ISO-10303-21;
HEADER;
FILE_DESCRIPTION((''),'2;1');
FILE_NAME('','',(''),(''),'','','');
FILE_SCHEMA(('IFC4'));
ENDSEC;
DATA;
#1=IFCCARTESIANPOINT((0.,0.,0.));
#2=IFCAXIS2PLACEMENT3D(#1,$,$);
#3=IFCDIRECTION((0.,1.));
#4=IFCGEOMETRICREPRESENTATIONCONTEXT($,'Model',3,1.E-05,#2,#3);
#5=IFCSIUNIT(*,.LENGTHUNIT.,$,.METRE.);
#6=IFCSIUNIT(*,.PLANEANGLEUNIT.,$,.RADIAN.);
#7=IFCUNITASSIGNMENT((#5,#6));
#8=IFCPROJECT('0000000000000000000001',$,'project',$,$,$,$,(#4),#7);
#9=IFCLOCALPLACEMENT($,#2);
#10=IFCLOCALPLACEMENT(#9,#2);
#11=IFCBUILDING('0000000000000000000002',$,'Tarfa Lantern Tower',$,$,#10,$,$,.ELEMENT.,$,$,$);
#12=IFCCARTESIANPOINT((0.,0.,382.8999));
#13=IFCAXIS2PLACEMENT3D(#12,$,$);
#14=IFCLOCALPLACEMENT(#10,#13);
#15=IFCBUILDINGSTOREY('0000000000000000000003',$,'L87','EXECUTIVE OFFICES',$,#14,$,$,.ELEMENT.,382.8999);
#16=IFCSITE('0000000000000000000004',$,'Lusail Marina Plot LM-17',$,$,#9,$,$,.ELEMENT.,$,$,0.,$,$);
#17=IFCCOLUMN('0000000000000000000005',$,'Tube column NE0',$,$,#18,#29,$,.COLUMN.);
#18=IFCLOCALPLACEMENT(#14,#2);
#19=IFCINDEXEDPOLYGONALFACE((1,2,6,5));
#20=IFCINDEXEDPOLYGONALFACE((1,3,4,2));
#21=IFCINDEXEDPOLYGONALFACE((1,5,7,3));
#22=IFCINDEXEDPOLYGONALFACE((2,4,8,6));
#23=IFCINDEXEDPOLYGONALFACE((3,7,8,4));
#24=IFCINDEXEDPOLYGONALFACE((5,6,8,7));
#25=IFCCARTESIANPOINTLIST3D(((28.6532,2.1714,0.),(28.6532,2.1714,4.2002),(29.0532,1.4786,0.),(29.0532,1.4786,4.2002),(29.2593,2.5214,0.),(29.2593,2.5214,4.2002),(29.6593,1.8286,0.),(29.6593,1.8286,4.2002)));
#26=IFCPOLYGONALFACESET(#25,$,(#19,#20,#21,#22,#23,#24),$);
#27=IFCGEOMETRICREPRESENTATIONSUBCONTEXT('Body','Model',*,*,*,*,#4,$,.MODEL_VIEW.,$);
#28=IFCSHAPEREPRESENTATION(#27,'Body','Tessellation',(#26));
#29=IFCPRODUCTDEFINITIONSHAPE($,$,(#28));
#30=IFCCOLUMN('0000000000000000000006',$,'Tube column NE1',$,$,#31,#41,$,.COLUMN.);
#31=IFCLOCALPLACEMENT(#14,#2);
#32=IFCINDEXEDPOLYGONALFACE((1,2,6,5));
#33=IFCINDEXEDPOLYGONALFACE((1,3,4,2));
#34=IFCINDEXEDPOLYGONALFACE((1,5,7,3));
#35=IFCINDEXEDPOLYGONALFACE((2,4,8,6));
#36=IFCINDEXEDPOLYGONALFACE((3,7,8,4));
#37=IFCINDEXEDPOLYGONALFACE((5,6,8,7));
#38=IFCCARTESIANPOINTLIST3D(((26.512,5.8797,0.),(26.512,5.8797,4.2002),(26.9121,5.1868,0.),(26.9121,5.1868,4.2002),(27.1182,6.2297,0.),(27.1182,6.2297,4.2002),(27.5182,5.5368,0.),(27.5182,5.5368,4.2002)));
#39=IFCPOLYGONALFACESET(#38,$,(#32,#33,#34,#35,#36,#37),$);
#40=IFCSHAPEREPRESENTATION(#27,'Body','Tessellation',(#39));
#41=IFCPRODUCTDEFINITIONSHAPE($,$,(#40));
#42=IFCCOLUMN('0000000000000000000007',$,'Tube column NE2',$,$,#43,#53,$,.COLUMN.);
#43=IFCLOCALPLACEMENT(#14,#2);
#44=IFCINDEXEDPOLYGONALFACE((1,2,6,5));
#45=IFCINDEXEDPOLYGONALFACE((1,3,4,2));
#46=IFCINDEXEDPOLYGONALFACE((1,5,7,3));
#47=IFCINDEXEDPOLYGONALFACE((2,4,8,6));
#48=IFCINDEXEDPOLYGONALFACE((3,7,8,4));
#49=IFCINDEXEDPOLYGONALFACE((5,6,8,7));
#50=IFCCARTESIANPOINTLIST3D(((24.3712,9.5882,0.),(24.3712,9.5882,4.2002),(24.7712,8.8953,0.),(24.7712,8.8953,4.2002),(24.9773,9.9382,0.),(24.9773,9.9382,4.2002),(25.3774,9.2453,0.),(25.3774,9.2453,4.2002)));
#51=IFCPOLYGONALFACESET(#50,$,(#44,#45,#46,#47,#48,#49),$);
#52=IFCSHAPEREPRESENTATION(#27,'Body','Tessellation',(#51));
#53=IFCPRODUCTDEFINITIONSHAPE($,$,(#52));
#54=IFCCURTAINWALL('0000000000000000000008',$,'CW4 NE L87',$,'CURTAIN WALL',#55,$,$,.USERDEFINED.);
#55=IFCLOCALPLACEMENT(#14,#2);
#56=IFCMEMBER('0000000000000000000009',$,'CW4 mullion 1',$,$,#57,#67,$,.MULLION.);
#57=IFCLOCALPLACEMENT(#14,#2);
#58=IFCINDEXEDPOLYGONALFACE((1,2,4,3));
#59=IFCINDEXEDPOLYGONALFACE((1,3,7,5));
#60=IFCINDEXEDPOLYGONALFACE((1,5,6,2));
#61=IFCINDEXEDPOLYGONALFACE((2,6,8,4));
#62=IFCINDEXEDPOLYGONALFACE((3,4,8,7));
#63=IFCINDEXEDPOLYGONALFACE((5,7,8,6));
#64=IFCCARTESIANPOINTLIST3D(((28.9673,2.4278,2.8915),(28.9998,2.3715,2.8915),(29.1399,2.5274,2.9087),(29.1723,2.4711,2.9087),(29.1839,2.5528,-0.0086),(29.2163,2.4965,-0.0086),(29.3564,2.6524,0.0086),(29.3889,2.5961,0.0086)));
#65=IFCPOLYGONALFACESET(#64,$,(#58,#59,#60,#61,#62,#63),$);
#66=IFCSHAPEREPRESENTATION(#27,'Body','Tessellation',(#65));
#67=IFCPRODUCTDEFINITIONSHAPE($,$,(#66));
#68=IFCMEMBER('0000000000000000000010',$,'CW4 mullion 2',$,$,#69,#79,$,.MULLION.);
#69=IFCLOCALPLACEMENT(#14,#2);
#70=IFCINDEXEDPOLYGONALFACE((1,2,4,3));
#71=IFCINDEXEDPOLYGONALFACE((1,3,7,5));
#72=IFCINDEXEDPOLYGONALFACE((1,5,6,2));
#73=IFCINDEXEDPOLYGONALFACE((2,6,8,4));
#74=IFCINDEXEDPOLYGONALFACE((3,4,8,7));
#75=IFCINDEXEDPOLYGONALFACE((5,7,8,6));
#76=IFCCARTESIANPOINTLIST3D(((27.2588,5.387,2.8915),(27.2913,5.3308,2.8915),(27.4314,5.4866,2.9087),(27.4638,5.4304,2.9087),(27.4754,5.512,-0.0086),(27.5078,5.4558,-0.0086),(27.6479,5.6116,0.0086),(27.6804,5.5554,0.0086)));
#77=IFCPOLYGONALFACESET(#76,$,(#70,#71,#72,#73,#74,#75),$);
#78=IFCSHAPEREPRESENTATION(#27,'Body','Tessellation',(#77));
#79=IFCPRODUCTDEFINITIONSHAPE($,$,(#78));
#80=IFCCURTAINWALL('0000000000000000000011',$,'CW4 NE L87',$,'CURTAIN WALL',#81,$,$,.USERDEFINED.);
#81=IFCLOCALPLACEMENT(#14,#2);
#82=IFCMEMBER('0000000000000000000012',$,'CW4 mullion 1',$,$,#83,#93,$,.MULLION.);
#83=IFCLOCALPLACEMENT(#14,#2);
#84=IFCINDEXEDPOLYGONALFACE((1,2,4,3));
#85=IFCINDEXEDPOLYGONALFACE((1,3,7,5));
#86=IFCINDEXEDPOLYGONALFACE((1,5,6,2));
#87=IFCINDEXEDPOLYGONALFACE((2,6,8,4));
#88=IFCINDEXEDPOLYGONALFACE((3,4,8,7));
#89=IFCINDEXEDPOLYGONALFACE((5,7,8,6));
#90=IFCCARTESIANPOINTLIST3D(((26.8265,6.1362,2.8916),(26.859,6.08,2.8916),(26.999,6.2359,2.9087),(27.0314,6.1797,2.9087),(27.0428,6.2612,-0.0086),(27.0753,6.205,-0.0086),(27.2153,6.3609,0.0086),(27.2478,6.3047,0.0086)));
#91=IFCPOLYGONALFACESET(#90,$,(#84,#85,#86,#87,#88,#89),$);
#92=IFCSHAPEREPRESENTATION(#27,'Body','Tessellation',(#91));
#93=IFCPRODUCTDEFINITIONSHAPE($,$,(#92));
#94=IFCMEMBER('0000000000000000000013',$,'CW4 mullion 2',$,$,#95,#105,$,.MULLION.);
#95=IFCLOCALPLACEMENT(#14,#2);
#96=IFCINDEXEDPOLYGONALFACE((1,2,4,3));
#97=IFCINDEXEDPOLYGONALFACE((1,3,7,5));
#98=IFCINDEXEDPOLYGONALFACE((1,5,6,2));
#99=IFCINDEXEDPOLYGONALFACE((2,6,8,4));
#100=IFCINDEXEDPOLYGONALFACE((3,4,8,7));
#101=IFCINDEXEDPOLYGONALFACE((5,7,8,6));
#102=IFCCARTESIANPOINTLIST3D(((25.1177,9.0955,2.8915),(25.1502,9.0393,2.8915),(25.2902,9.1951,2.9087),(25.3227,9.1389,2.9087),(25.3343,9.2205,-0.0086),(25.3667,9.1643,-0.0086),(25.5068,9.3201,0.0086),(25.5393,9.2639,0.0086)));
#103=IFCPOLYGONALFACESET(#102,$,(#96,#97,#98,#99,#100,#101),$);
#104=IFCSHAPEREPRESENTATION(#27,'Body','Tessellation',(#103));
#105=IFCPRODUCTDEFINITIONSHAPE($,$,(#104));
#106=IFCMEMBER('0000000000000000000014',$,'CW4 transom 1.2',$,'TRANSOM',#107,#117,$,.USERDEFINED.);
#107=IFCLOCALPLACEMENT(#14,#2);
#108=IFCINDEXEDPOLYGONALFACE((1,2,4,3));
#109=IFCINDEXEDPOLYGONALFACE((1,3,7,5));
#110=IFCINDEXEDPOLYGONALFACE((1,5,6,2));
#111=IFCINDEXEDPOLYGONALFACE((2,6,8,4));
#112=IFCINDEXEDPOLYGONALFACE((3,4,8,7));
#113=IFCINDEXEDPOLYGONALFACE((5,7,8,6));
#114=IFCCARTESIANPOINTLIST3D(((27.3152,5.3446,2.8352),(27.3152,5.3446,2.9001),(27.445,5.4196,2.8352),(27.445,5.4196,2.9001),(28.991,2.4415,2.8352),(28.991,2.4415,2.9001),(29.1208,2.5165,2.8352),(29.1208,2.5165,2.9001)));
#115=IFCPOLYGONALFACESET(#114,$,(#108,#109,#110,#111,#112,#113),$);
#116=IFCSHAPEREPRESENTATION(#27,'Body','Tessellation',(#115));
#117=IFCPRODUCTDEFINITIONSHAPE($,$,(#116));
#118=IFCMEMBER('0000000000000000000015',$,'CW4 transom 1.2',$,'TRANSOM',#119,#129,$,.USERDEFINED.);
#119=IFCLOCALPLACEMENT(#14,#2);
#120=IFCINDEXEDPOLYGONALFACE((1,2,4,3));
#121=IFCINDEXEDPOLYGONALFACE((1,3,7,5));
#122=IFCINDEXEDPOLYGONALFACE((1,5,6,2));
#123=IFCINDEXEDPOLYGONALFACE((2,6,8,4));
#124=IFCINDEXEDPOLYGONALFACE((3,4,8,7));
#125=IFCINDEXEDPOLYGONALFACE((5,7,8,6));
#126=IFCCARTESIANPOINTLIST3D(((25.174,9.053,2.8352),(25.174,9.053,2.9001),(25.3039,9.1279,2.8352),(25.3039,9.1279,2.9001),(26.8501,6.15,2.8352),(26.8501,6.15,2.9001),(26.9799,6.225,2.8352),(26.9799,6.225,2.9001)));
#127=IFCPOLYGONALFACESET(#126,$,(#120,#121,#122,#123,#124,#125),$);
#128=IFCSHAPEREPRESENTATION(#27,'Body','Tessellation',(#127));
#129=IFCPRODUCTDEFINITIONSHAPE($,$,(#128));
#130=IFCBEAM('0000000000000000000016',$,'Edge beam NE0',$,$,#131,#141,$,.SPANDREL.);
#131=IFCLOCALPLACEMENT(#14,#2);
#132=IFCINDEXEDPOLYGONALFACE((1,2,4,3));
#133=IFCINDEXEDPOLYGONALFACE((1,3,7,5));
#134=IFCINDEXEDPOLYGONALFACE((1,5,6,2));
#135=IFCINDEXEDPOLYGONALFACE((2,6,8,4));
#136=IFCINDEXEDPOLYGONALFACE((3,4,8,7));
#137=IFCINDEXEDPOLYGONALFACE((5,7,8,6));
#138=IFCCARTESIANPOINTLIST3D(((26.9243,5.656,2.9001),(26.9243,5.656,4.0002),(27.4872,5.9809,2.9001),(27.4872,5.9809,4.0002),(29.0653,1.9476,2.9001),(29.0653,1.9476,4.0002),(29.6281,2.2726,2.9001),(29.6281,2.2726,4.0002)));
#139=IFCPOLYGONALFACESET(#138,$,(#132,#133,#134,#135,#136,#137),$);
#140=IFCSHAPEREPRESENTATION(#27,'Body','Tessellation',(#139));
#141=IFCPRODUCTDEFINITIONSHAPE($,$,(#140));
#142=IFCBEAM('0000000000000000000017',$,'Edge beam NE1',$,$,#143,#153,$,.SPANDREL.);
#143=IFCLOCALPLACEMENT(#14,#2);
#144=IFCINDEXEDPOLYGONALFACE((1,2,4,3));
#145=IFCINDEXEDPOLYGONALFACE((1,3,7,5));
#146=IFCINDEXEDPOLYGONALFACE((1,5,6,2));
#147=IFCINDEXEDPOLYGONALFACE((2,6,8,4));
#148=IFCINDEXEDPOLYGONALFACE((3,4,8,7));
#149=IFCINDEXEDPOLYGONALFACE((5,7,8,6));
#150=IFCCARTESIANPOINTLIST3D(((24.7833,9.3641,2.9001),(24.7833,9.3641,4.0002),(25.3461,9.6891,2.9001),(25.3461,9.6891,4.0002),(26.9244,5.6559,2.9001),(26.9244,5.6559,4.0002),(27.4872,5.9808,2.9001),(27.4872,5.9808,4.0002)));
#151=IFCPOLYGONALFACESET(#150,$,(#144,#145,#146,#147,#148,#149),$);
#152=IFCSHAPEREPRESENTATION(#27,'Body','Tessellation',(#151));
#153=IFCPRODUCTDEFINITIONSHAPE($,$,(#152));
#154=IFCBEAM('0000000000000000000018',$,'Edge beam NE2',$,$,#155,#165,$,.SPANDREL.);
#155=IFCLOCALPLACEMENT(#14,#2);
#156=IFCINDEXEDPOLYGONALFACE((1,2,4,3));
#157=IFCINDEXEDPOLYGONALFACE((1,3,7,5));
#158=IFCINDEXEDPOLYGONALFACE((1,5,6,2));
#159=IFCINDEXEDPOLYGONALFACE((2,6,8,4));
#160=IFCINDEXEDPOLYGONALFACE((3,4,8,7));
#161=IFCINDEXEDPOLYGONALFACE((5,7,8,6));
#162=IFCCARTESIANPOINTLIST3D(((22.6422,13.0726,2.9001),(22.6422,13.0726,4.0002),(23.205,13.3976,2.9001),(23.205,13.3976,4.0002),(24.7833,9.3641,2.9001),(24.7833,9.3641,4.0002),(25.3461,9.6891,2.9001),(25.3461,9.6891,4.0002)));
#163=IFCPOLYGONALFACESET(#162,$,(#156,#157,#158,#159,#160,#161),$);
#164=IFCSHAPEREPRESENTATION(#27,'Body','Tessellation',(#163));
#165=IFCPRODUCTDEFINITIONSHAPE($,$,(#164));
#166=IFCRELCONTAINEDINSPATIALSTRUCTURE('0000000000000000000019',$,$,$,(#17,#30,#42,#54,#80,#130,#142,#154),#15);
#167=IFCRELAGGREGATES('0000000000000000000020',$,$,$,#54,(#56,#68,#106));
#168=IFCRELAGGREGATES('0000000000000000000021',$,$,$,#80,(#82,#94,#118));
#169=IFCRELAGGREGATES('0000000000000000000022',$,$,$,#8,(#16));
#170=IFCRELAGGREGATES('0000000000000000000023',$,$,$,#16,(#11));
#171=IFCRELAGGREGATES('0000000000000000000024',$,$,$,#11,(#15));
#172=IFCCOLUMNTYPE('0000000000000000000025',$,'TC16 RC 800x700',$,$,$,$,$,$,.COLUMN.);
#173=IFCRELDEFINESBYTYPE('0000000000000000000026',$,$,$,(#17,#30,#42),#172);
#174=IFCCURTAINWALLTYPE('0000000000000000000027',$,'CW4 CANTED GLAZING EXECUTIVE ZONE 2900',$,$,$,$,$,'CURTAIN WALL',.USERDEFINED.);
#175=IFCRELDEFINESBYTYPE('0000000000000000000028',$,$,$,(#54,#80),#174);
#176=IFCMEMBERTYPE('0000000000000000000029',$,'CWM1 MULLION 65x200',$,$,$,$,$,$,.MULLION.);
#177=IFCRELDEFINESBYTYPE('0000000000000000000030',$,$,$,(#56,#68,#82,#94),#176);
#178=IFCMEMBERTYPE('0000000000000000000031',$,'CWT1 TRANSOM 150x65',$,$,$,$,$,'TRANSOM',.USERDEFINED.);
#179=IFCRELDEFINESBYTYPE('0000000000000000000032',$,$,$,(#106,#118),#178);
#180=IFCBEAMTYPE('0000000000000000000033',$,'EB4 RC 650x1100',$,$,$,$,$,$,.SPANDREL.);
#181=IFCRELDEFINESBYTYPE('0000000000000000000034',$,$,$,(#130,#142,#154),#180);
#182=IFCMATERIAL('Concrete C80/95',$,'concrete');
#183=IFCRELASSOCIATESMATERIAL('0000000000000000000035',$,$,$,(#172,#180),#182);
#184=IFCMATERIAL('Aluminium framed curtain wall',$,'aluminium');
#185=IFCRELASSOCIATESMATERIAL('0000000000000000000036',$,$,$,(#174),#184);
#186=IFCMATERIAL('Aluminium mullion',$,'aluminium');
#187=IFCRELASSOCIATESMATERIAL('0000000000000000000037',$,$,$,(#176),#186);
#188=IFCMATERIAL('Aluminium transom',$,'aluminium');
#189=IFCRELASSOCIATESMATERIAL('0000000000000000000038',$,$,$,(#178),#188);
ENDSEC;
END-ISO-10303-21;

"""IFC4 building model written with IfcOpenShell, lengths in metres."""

from ifc_helpers import new_model, si_unit, direction, frame, origin, origin_2d, place, context, subcontext, project, spatial, rectangle, extrude, material, material_profile, profile_set, type_object, element, aggregate, save


model = new_model("IFC4")

# Units and contexts
model_context = context("Model", 3, precision=1e-05, world=origin(), true_north=direction((0.0, 1.0)))
body_context = subcontext(model_context, "Body", "Model", "MODEL_VIEW")
ifc_project = project(units=[si_unit("LENGTHUNIT", "METRE"), si_unit("PLANEANGLEUNIT", "RADIAN")], contexts=[model_context])

# Site, building, storey
site_placement = place(None, origin())
site = spatial("IfcSite", under=ifc_project, at=site_placement, Name="Lusail Marina Plot LM-17", CompositionType="ELEMENT", RefElevation=0.0)
building_placement = place(site_placement, origin())
building = spatial("IfcBuilding", under=site, at=building_placement, Name="Tarfa Lantern Tower", CompositionType="ELEMENT")
storey_placement = place(building_placement, frame((0.0, 0.0, 382.8999)))
storey = spatial("IfcBuildingStorey", under=building, at=storey_placement, Name="L87", Description="EXECUTIVE OFFICES", CompositionType="ELEMENT", Elevation=382.8999)

# Columns
ifc_material_1 = material(Name="Concrete C80/95", Category="concrete")
ifc_material_profile_1 = material_profile(ifc_material_1, rectangle(XDim=0.8, YDim=0.7, at=origin_2d()), Name="RC 800x700")
ifc_profile_set_1 = profile_set([ifc_material_profile_1], Name="Concrete C80/95")
column_type = type_object("IfcColumnType", Name="TC16 RC 800x700", PredefinedType="COLUMN", material=ifc_profile_set_1)
for number, where, z_axis, x_axis, name in (
    (1, (29.1562, 2.0, 0.0), (0.0, 0.0, 1.0), (-0.5, 0.866025, 0.0), "Tube column NE0"),
    (2, (27.0151, 5.7083, 0.0), (0.0, 0.0, 1.0), (-0.5, 0.866025, 0.0), "Tube column NE1"),
    (3, (24.8743, 9.4167, 0.0), (0.0, 0.0, 1.0), (-0.5, 0.866025, 0.0), "Tube column NE2"),
):
    element("IfcColumn", number, at=place(storey_placement, frame(where, z_axis=z_axis, x_axis=x_axis)), inside=storey, type_object=column_type, Name=name, PredefinedType="COLUMN", context=body_context, shape_type="SweptSolid", body=[
        extrude(rectangle(XDim=0.8, YDim=0.7, at=origin_2d()), origin(), (0.0, 0.0, 1.0), 4.2002),
    ])

# Curtain walls, members
ifc_material_2 = material(Name="Aluminium framed curtain wall", Category="aluminium")
curtain_wall_type = type_object("IfcCurtainWallType", Name="CW4 CANTED GLAZING EXECUTIVE ZONE 2900", ElementType="CURTAIN WALL", PredefinedType="USERDEFINED", material=ifc_material_2)
curtain_wall_1_placement = place(storey_placement, origin())
curtain_wall_1 = element("IfcCurtainWall", 4, at=curtain_wall_1_placement, inside=storey, type_object=curtain_wall_type, Name="CW4 NE L87", ObjectType="CURTAIN WALL", PredefinedType="USERDEFINED")
ifc_material_3 = material(Name="Aluminium mullion", Category="aluminium")
ifc_material_profile_2 = material_profile(ifc_material_3, rectangle(XDim=0.0649, YDim=0.2, at=origin_2d()), Name="AL MULLION 65x200")
ifc_profile_set_2 = profile_set([ifc_material_profile_2], Name="Aluminium mullion")
member_type_1 = type_object("IfcMemberType", Name="CWM1 MULLION 65x200", PredefinedType="MULLION", material=ifc_profile_set_2)
member_1_placement = place(storey_placement, frame((29.2864, 2.5745, 0.0), z_axis=(-0.074394, -0.042942, 0.996304), x_axis=(0.49992, -0.866072, 0.0)))
member_1 = element("IfcMember", 5, at=member_1_placement, type_object=member_type_1, Name="CW4 mullion 1", PredefinedType="MULLION", context=body_context, shape_type="SweptSolid", body=[
    extrude(rectangle(XDim=0.0649, YDim=0.2, at=origin_2d()), origin(), (0.0, 0.0, 1.0), 2.9109),
])
member_2_placement = place(storey_placement, frame((27.5779, 5.5337, 0.0), z_axis=(-0.074394, -0.042942, 0.996304), x_axis=(0.49992, -0.866072, 0.0)))
member_2 = element("IfcMember", 6, at=member_2_placement, type_object=member_type_1, Name="CW4 mullion 2", PredefinedType="MULLION", context=body_context, shape_type="SweptSolid", body=[
    extrude(rectangle(XDim=0.0649, YDim=0.2, at=origin_2d()), origin(), (0.0, 0.0, 1.0), 2.9109),
])
curtain_wall_2_placement = place(storey_placement, origin())
curtain_wall_2 = element("IfcCurtainWall", 7, at=curtain_wall_2_placement, inside=storey, type_object=curtain_wall_type, Name="CW4 NE L87", ObjectType="CURTAIN WALL", PredefinedType="USERDEFINED")
member_3_placement = place(storey_placement, frame((27.1453, 6.283, 0.0), z_axis=(-0.07431, -0.042942, 0.99631), x_axis=(0.500343, -0.865827, 0.0)))
member_3 = element("IfcMember", 8, at=member_3_placement, type_object=member_type_1, Name="CW4 mullion 1", PredefinedType="MULLION", context=body_context, shape_type="SweptSolid", body=[
    extrude(rectangle(XDim=0.0649, YDim=0.2, at=origin_2d()), origin(), (0.0, 0.0, 1.0), 2.9109),
])
member_4_placement = place(storey_placement, frame((25.4368, 9.2422, 0.0), z_axis=(-0.074394, -0.042942, 0.996304), x_axis=(0.49992, -0.866072, 0.0)))
member_4 = element("IfcMember", 9, at=member_4_placement, type_object=member_type_1, Name="CW4 mullion 2", PredefinedType="MULLION", context=body_context, shape_type="SweptSolid", body=[
    extrude(rectangle(XDim=0.0649, YDim=0.2, at=origin_2d()), origin(), (0.0, 0.0, 1.0), 2.9109),
])

# Members
ifc_material_4 = material(Name="Aluminium transom", Category="aluminium")
ifc_material_profile_3 = material_profile(ifc_material_4, rectangle(XDim=0.1499, YDim=0.0649, at=origin_2d()), Name="AL TRANSOM 150x65")
ifc_profile_set_3 = profile_set([ifc_material_profile_3], Name="Aluminium transom")
member_type_2 = type_object("IfcMemberType", Name="CWT1 TRANSOM 150x65", ElementType="TRANSOM", PredefinedType="USERDEFINED", material=ifc_profile_set_3)
member_5_placement = place(storey_placement, frame((29.0559, 2.479, 2.8677), z_axis=(-0.499931, 0.866066, 0.0), x_axis=(-0.866066, -0.499931, 0.0)))
member_5 = element("IfcMember", 10, at=member_5_placement, type_object=member_type_2, Name="CW4 transom 1.2", ObjectType="TRANSOM", PredefinedType="USERDEFINED", context=body_context, shape_type="SweptSolid", body=[
    extrude(rectangle(XDim=0.1499, YDim=0.0649, at=origin_2d()), origin(), (0.0, 0.0, 1.0), 3.3521),
])
member_6_placement = place(storey_placement, frame((26.915, 6.1875, 2.8677), z_axis=(-0.500017, 0.866016, 0.0), x_axis=(-0.866016, -0.500017, 0.0)))
member_6 = element("IfcMember", 11, at=member_6_placement, type_object=member_type_2, Name="CW4 transom 1.2", ObjectType="TRANSOM", PredefinedType="USERDEFINED", context=body_context, shape_type="SweptSolid", body=[
    extrude(rectangle(XDim=0.1499, YDim=0.0649, at=origin_2d()), origin(), (0.0, 0.0, 1.0), 3.3521),
])

# Beams
ifc_material_profile_4 = material_profile(ifc_material_1, rectangle(XDim=0.6499, YDim=1.1001, at=origin_2d()), Name="RC 650x1100")
ifc_profile_set_4 = profile_set([ifc_material_profile_4], Name="Concrete C80/95")
beam_type_1 = type_object("IfcBeamType", Name="EB4 RC 650x1100", PredefinedType="SPANDREL", material=ifc_profile_set_4)
for number, where, z_axis, x_axis, name in (
    (12, (29.3467, 2.1101, 3.4502), (-0.499984, 0.866035, 0.0), (-0.866035, -0.499984, 0.0), "Edge beam NE0"),
    (13, (27.2058, 5.8184, 3.4502), (-0.500027, 0.86601, 0.0), (-0.86601, -0.500027, 0.0), "Edge beam NE1"),
):
    element("IfcBeam", number, at=place(storey_placement, frame(where, z_axis=z_axis, x_axis=x_axis)), inside=storey, type_object=beam_type_1, Name=name, PredefinedType="SPANDREL", context=body_context, shape_type="SweptSolid", body=[
        extrude(rectangle(XDim=0.6499, YDim=1.1001, at=origin_2d()), origin(), (0.0, 0.0, 1.0), 4.282),
    ])
beam_1_placement = place(storey_placement, frame((25.0647, 9.5266, 3.4502), z_axis=(-0.500002, 0.866024, 0.0), x_axis=(-0.866024, -0.500002, 0.0)))
element("IfcBeam", 14, at=beam_1_placement, inside=storey, type_object=beam_type_1, Name="Edge beam NE2", PredefinedType="SPANDREL", context=body_context, shape_type="SweptSolid", body=[
    extrude(rectangle(XDim=0.6499, YDim=1.1001, at=origin_2d()), origin(), (0.0, 0.0, 1.0), 4.2822),
])

aggregate(curtain_wall_1, [member_1, member_2, member_5])
aggregate(curtain_wall_2, [member_3, member_4, member_6])

save(model, "model.ifc")
